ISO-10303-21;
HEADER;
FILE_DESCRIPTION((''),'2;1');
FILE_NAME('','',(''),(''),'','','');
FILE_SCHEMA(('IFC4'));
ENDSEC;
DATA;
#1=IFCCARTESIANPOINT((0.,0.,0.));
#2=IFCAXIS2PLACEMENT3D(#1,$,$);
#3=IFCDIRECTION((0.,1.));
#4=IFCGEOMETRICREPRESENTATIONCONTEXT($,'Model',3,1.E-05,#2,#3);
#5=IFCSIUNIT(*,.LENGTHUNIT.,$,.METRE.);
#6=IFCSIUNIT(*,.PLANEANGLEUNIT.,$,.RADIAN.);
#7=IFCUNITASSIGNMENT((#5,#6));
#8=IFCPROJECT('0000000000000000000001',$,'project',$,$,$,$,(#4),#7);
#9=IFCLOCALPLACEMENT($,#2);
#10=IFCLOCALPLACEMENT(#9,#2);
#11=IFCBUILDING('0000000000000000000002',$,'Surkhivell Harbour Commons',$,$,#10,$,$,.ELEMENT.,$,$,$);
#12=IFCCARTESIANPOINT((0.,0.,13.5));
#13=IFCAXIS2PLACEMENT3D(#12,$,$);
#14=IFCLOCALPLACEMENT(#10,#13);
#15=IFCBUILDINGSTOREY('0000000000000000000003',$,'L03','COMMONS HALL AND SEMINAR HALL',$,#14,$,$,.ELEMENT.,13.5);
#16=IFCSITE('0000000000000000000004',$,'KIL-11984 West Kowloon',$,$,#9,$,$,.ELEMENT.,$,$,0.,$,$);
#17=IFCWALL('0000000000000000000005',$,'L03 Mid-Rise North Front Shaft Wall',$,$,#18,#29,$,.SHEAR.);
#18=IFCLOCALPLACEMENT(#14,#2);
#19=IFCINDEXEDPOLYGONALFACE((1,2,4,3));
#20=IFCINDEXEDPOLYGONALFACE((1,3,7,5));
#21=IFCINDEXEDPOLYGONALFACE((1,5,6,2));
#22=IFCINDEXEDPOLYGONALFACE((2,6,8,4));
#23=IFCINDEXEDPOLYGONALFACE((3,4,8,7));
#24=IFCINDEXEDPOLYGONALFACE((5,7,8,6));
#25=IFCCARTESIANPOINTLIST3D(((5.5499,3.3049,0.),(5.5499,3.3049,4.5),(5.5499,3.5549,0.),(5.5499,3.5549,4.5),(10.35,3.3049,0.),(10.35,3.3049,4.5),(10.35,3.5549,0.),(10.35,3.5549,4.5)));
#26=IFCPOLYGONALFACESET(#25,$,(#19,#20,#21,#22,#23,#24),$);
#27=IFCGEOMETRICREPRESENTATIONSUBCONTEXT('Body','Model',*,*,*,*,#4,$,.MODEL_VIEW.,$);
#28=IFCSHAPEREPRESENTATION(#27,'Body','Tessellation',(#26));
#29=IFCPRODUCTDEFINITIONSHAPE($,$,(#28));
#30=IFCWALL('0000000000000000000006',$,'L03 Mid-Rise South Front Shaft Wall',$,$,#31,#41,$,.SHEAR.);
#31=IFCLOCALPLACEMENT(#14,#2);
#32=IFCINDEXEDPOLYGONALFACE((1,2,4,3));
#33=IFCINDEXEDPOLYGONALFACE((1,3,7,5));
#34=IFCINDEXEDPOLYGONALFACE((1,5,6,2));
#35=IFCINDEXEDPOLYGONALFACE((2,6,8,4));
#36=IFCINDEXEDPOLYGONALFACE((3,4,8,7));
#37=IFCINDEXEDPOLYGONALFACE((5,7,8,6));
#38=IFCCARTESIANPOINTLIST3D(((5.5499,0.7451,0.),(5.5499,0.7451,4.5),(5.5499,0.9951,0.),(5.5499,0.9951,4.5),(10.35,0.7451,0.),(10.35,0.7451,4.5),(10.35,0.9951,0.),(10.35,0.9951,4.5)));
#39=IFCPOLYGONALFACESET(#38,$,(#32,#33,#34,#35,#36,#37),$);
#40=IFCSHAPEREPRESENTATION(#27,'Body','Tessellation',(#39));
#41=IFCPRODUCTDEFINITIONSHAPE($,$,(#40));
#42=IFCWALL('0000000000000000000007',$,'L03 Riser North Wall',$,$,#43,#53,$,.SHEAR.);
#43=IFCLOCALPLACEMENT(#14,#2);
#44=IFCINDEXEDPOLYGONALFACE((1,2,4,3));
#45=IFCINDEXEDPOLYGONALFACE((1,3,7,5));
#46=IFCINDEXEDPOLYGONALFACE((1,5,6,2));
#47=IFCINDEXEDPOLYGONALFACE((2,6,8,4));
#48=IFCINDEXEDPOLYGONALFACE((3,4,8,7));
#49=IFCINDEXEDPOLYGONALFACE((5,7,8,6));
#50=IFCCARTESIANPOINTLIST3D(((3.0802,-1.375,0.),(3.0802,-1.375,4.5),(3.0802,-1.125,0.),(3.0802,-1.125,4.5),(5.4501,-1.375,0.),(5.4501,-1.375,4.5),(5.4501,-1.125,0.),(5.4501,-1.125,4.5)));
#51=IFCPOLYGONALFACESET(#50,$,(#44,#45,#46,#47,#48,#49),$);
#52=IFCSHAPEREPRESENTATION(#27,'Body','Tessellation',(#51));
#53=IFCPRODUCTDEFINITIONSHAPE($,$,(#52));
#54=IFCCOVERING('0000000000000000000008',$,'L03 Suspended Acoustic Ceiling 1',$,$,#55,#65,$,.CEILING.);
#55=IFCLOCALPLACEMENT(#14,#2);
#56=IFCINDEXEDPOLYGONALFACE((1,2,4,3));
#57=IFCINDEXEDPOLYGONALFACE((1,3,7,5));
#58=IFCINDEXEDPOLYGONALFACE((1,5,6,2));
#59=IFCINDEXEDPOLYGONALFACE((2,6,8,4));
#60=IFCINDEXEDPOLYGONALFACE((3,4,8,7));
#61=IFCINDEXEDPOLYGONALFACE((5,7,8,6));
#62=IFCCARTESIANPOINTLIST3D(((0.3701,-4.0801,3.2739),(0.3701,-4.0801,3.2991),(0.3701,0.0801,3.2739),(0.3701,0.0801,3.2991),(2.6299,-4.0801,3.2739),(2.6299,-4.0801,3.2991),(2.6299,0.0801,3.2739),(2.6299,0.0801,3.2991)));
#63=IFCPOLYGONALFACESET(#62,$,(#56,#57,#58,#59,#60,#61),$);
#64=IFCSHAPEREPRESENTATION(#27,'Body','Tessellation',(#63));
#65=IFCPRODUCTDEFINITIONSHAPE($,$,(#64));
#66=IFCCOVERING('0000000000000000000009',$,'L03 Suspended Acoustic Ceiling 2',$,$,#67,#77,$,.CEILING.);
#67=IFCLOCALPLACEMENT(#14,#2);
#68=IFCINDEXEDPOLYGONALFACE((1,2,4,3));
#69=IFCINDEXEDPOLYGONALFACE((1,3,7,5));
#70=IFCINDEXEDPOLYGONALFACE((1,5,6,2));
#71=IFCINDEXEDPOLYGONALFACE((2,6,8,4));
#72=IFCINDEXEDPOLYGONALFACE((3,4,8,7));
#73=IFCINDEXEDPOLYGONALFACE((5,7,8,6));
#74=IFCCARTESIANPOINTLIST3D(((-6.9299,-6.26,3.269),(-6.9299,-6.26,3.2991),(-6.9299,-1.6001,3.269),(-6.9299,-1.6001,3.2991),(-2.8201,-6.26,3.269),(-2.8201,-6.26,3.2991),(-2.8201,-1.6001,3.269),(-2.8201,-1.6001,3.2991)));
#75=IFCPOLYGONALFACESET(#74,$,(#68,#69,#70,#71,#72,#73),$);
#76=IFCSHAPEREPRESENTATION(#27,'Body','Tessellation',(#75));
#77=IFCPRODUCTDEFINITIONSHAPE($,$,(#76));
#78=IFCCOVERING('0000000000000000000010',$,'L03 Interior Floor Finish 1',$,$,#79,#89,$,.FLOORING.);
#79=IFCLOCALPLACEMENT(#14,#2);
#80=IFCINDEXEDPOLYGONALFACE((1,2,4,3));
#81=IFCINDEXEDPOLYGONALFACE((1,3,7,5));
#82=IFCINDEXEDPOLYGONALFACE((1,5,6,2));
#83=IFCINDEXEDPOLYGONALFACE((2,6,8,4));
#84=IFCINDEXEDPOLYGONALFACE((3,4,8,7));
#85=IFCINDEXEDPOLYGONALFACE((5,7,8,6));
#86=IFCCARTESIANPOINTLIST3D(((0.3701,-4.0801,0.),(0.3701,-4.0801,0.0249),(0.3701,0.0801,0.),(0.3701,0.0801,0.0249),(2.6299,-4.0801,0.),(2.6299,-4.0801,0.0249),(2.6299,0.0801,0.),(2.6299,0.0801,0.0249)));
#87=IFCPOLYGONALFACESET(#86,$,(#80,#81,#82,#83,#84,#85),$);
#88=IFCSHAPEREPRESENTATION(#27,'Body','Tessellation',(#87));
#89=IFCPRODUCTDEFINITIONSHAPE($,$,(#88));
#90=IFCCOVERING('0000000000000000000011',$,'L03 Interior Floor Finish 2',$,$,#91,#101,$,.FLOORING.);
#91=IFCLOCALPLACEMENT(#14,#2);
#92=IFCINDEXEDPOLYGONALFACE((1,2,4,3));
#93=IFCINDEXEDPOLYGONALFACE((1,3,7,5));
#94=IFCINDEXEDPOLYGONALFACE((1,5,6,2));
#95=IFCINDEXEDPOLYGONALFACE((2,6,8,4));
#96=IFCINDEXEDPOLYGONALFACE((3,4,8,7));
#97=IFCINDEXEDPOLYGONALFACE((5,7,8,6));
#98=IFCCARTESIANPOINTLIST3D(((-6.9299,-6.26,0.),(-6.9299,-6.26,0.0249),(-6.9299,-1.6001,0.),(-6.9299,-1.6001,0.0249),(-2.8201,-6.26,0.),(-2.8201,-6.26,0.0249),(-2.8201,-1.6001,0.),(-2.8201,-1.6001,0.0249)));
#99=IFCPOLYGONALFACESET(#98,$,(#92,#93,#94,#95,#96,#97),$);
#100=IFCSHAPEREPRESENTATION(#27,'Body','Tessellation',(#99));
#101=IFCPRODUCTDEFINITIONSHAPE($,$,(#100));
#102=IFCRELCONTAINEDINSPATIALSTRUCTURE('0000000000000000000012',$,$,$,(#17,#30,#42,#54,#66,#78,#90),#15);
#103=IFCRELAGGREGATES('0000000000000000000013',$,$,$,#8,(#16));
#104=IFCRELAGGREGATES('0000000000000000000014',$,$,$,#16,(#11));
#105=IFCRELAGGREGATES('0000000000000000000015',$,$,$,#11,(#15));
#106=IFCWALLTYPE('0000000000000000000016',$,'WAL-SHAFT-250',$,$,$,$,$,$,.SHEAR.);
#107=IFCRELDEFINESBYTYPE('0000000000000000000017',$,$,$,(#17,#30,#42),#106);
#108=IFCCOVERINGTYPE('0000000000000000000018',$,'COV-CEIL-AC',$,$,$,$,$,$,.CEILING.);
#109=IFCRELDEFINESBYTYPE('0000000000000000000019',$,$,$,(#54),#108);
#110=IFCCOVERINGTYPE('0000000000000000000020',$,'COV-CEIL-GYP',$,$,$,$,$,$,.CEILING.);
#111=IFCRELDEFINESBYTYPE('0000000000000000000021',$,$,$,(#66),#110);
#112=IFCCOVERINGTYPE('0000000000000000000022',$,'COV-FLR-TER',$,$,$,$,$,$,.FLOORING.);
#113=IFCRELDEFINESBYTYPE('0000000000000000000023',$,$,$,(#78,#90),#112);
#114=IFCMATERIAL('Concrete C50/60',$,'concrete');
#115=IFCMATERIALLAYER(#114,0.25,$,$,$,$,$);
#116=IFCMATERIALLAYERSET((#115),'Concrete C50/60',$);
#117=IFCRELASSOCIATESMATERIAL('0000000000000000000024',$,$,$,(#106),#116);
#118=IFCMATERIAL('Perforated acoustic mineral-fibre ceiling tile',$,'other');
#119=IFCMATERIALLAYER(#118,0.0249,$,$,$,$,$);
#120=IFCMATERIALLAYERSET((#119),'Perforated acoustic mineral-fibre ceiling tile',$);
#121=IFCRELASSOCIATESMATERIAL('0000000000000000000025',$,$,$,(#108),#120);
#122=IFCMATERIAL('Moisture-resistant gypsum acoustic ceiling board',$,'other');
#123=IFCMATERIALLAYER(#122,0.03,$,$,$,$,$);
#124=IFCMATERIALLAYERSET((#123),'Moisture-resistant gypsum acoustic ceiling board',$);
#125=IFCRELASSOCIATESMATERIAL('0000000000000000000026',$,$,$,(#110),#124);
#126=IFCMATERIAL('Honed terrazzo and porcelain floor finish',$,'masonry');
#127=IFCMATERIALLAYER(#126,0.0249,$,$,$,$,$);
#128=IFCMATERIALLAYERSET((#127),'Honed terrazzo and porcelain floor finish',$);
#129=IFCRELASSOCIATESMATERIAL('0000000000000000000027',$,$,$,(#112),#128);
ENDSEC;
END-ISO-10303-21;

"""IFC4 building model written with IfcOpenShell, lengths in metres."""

from ifc_helpers import new_model, si_unit, direction, frame, frame_2d, origin, place, context, subcontext, project, spatial, polyline, rectangle, outline, extrude, material, layer, layer_set, type_object, element, save


model = new_model("IFC4")

# Units and contexts
model_context = context("Model", 3, precision=1e-05, world=origin(), true_north=direction((0.0, 1.0)))
body_context = subcontext(model_context, "Body", "Model", "MODEL_VIEW")
ifc_project = project(units=[si_unit("LENGTHUNIT", "METRE"), si_unit("PLANEANGLEUNIT", "RADIAN")], contexts=[model_context])

# Site, building, storey
site_placement = place(None, origin())
site = spatial("IfcSite", under=ifc_project, at=site_placement, Name="KIL-11984 West Kowloon", CompositionType="ELEMENT", RefElevation=0.0)
building_placement = place(site_placement, origin())
building = spatial("IfcBuilding", under=site, at=building_placement, Name="Surkhivell Harbour Commons", CompositionType="ELEMENT")
storey_placement = place(building_placement, frame((0.0, 0.0, 13.5)))
storey = spatial("IfcBuildingStorey", under=building, at=storey_placement, Name="L03", Description="COMMONS HALL AND SEMINAR HALL", CompositionType="ELEMENT", Elevation=13.5)

# Shared definitions
ifc_material_1 = material(Name="Concrete C50/60", Category="concrete")
ifc_layer_1 = layer(ifc_material_1, 0.25)
ifc_layer_set_1 = layer_set([ifc_layer_1], Name="Concrete C50/60")
wall_type_1 = type_object("IfcWallType", Name="WAL-SHAFT-250", PredefinedType="SHEAR", material=ifc_layer_set_1)

# Walls
for number, where, z_axis, x_axis, name in (
    (1, (5.55, 3.4299, 0.0), (0.0, 0.0, 1.0), (1.0, 0.0, 0.0), "L03 Mid-Rise North Front Shaft Wall"),
    (2, (5.55, 0.8701, 0.0), (0.0, 0.0, 1.0), (1.0, 0.0, 0.0), "L03 Mid-Rise South Front Shaft Wall"),
):
    element("IfcWall", number, at=place(storey_placement, frame(where, z_axis=z_axis, x_axis=x_axis)), inside=storey, type_object=wall_type_1, Name=name, PredefinedType="SHEAR", context=body_context, shape_type="SweptSolid", body=[
        extrude(rectangle(XDim=4.8, YDim=0.25, at=frame_2d((2.3999, 0.0))), origin(), (0.0, 0.0, 1.0), 4.5),
    ])
wall_1_placement = place(storey_placement, frame((3.0801, -1.25, 0.0), z_axis=(0.0, 0.0, 1.0), x_axis=(1.0, 0.0, 0.0)))
element("IfcWall", 3, at=wall_1_placement, inside=storey, type_object=wall_type_1, Name="L03 Riser North Wall", PredefinedType="SHEAR", context=body_context, shape_type="SweptSolid", body=[
    extrude(rectangle(XDim=2.3699, YDim=0.25, at=frame_2d((1.1851, 0.0))), origin(), (0.0, 0.0, 1.0), 4.5),
])

# Coverings
ifc_material_2 = material(Name="Perforated acoustic mineral-fibre ceiling tile", Category="other")
ifc_layer_2 = layer(ifc_material_2, 0.0249)
ifc_layer_set_2 = layer_set([ifc_layer_2], Name="Perforated acoustic mineral-fibre ceiling tile")
covering_type_1 = type_object("IfcCoveringType", Name="COV-CEIL-AC", PredefinedType="CEILING", material=ifc_layer_set_2)
covering_1_placement = place(storey_placement, frame((0.0, 0.0, 3.2739)))
element("IfcCovering", 4, at=covering_1_placement, inside=storey, type_object=covering_type_1, Name="L03 Suspended Acoustic Ceiling 1", PredefinedType="CEILING", context=body_context, shape_type="SweptSolid", body=[
    extrude(outline(polyline([(0.3701, -4.0801), (2.6299, -4.0801), (2.6299, 0.0801), (0.3701, 0.0801), (0.3701, -4.0801)])), origin(), (0.0, 0.0, 1.0), 0.0251),
])
ifc_material_3 = material(Name="Moisture-resistant gypsum acoustic ceiling board", Category="other")
ifc_layer_3 = layer(ifc_material_3, 0.03)
ifc_layer_set_3 = layer_set([ifc_layer_3], Name="Moisture-resistant gypsum acoustic ceiling board")
covering_type_2 = type_object("IfcCoveringType", Name="COV-CEIL-GYP", PredefinedType="CEILING", material=ifc_layer_set_3)
covering_2_placement = place(storey_placement, frame((0.0, 0.0, 3.269)))
element("IfcCovering", 5, at=covering_2_placement, inside=storey, type_object=covering_type_2, Name="L03 Suspended Acoustic Ceiling 2", PredefinedType="CEILING", context=body_context, shape_type="SweptSolid", body=[
    extrude(outline(polyline([(-6.9299, -6.26), (-2.8201, -6.26), (-2.8201, -1.6001), (-6.9299, -1.6001), (-6.9299, -6.26)])), origin(), (0.0, 0.0, 1.0), 0.03),
])
ifc_material_4 = material(Name="Honed terrazzo and porcelain floor finish", Category="masonry")
ifc_layer_4 = layer(ifc_material_4, 0.0249)
ifc_layer_set_4 = layer_set([ifc_layer_4], Name="Honed terrazzo and porcelain floor finish")
covering_type_3 = type_object("IfcCoveringType", Name="COV-FLR-TER", PredefinedType="FLOORING", material=ifc_layer_set_4)
covering_3_placement = place(storey_placement, origin())
element("IfcCovering", 6, at=covering_3_placement, inside=storey, type_object=covering_type_3, Name="L03 Interior Floor Finish 1", PredefinedType="FLOORING", context=body_context, shape_type="SweptSolid", body=[
    extrude(outline(polyline([(0.3701, -4.0801), (2.6299, -4.0801), (2.6299, 0.0801), (0.3701, 0.0801), (0.3701, -4.0801)])), origin(), (0.0, 0.0, 1.0), 0.0249),
])
covering_4_placement = place(storey_placement, origin())
element("IfcCovering", 7, at=covering_4_placement, inside=storey, type_object=covering_type_3, Name="L03 Interior Floor Finish 2", PredefinedType="FLOORING", context=body_context, shape_type="SweptSolid", body=[
    extrude(outline(polyline([(-6.9299, -6.26), (-2.8201, -6.26), (-2.8201, -1.6001), (-6.9299, -1.6001), (-6.9299, -6.26)])), origin(), (0.0, 0.0, 1.0), 0.0249),
])

save(model, "model.ifc")
